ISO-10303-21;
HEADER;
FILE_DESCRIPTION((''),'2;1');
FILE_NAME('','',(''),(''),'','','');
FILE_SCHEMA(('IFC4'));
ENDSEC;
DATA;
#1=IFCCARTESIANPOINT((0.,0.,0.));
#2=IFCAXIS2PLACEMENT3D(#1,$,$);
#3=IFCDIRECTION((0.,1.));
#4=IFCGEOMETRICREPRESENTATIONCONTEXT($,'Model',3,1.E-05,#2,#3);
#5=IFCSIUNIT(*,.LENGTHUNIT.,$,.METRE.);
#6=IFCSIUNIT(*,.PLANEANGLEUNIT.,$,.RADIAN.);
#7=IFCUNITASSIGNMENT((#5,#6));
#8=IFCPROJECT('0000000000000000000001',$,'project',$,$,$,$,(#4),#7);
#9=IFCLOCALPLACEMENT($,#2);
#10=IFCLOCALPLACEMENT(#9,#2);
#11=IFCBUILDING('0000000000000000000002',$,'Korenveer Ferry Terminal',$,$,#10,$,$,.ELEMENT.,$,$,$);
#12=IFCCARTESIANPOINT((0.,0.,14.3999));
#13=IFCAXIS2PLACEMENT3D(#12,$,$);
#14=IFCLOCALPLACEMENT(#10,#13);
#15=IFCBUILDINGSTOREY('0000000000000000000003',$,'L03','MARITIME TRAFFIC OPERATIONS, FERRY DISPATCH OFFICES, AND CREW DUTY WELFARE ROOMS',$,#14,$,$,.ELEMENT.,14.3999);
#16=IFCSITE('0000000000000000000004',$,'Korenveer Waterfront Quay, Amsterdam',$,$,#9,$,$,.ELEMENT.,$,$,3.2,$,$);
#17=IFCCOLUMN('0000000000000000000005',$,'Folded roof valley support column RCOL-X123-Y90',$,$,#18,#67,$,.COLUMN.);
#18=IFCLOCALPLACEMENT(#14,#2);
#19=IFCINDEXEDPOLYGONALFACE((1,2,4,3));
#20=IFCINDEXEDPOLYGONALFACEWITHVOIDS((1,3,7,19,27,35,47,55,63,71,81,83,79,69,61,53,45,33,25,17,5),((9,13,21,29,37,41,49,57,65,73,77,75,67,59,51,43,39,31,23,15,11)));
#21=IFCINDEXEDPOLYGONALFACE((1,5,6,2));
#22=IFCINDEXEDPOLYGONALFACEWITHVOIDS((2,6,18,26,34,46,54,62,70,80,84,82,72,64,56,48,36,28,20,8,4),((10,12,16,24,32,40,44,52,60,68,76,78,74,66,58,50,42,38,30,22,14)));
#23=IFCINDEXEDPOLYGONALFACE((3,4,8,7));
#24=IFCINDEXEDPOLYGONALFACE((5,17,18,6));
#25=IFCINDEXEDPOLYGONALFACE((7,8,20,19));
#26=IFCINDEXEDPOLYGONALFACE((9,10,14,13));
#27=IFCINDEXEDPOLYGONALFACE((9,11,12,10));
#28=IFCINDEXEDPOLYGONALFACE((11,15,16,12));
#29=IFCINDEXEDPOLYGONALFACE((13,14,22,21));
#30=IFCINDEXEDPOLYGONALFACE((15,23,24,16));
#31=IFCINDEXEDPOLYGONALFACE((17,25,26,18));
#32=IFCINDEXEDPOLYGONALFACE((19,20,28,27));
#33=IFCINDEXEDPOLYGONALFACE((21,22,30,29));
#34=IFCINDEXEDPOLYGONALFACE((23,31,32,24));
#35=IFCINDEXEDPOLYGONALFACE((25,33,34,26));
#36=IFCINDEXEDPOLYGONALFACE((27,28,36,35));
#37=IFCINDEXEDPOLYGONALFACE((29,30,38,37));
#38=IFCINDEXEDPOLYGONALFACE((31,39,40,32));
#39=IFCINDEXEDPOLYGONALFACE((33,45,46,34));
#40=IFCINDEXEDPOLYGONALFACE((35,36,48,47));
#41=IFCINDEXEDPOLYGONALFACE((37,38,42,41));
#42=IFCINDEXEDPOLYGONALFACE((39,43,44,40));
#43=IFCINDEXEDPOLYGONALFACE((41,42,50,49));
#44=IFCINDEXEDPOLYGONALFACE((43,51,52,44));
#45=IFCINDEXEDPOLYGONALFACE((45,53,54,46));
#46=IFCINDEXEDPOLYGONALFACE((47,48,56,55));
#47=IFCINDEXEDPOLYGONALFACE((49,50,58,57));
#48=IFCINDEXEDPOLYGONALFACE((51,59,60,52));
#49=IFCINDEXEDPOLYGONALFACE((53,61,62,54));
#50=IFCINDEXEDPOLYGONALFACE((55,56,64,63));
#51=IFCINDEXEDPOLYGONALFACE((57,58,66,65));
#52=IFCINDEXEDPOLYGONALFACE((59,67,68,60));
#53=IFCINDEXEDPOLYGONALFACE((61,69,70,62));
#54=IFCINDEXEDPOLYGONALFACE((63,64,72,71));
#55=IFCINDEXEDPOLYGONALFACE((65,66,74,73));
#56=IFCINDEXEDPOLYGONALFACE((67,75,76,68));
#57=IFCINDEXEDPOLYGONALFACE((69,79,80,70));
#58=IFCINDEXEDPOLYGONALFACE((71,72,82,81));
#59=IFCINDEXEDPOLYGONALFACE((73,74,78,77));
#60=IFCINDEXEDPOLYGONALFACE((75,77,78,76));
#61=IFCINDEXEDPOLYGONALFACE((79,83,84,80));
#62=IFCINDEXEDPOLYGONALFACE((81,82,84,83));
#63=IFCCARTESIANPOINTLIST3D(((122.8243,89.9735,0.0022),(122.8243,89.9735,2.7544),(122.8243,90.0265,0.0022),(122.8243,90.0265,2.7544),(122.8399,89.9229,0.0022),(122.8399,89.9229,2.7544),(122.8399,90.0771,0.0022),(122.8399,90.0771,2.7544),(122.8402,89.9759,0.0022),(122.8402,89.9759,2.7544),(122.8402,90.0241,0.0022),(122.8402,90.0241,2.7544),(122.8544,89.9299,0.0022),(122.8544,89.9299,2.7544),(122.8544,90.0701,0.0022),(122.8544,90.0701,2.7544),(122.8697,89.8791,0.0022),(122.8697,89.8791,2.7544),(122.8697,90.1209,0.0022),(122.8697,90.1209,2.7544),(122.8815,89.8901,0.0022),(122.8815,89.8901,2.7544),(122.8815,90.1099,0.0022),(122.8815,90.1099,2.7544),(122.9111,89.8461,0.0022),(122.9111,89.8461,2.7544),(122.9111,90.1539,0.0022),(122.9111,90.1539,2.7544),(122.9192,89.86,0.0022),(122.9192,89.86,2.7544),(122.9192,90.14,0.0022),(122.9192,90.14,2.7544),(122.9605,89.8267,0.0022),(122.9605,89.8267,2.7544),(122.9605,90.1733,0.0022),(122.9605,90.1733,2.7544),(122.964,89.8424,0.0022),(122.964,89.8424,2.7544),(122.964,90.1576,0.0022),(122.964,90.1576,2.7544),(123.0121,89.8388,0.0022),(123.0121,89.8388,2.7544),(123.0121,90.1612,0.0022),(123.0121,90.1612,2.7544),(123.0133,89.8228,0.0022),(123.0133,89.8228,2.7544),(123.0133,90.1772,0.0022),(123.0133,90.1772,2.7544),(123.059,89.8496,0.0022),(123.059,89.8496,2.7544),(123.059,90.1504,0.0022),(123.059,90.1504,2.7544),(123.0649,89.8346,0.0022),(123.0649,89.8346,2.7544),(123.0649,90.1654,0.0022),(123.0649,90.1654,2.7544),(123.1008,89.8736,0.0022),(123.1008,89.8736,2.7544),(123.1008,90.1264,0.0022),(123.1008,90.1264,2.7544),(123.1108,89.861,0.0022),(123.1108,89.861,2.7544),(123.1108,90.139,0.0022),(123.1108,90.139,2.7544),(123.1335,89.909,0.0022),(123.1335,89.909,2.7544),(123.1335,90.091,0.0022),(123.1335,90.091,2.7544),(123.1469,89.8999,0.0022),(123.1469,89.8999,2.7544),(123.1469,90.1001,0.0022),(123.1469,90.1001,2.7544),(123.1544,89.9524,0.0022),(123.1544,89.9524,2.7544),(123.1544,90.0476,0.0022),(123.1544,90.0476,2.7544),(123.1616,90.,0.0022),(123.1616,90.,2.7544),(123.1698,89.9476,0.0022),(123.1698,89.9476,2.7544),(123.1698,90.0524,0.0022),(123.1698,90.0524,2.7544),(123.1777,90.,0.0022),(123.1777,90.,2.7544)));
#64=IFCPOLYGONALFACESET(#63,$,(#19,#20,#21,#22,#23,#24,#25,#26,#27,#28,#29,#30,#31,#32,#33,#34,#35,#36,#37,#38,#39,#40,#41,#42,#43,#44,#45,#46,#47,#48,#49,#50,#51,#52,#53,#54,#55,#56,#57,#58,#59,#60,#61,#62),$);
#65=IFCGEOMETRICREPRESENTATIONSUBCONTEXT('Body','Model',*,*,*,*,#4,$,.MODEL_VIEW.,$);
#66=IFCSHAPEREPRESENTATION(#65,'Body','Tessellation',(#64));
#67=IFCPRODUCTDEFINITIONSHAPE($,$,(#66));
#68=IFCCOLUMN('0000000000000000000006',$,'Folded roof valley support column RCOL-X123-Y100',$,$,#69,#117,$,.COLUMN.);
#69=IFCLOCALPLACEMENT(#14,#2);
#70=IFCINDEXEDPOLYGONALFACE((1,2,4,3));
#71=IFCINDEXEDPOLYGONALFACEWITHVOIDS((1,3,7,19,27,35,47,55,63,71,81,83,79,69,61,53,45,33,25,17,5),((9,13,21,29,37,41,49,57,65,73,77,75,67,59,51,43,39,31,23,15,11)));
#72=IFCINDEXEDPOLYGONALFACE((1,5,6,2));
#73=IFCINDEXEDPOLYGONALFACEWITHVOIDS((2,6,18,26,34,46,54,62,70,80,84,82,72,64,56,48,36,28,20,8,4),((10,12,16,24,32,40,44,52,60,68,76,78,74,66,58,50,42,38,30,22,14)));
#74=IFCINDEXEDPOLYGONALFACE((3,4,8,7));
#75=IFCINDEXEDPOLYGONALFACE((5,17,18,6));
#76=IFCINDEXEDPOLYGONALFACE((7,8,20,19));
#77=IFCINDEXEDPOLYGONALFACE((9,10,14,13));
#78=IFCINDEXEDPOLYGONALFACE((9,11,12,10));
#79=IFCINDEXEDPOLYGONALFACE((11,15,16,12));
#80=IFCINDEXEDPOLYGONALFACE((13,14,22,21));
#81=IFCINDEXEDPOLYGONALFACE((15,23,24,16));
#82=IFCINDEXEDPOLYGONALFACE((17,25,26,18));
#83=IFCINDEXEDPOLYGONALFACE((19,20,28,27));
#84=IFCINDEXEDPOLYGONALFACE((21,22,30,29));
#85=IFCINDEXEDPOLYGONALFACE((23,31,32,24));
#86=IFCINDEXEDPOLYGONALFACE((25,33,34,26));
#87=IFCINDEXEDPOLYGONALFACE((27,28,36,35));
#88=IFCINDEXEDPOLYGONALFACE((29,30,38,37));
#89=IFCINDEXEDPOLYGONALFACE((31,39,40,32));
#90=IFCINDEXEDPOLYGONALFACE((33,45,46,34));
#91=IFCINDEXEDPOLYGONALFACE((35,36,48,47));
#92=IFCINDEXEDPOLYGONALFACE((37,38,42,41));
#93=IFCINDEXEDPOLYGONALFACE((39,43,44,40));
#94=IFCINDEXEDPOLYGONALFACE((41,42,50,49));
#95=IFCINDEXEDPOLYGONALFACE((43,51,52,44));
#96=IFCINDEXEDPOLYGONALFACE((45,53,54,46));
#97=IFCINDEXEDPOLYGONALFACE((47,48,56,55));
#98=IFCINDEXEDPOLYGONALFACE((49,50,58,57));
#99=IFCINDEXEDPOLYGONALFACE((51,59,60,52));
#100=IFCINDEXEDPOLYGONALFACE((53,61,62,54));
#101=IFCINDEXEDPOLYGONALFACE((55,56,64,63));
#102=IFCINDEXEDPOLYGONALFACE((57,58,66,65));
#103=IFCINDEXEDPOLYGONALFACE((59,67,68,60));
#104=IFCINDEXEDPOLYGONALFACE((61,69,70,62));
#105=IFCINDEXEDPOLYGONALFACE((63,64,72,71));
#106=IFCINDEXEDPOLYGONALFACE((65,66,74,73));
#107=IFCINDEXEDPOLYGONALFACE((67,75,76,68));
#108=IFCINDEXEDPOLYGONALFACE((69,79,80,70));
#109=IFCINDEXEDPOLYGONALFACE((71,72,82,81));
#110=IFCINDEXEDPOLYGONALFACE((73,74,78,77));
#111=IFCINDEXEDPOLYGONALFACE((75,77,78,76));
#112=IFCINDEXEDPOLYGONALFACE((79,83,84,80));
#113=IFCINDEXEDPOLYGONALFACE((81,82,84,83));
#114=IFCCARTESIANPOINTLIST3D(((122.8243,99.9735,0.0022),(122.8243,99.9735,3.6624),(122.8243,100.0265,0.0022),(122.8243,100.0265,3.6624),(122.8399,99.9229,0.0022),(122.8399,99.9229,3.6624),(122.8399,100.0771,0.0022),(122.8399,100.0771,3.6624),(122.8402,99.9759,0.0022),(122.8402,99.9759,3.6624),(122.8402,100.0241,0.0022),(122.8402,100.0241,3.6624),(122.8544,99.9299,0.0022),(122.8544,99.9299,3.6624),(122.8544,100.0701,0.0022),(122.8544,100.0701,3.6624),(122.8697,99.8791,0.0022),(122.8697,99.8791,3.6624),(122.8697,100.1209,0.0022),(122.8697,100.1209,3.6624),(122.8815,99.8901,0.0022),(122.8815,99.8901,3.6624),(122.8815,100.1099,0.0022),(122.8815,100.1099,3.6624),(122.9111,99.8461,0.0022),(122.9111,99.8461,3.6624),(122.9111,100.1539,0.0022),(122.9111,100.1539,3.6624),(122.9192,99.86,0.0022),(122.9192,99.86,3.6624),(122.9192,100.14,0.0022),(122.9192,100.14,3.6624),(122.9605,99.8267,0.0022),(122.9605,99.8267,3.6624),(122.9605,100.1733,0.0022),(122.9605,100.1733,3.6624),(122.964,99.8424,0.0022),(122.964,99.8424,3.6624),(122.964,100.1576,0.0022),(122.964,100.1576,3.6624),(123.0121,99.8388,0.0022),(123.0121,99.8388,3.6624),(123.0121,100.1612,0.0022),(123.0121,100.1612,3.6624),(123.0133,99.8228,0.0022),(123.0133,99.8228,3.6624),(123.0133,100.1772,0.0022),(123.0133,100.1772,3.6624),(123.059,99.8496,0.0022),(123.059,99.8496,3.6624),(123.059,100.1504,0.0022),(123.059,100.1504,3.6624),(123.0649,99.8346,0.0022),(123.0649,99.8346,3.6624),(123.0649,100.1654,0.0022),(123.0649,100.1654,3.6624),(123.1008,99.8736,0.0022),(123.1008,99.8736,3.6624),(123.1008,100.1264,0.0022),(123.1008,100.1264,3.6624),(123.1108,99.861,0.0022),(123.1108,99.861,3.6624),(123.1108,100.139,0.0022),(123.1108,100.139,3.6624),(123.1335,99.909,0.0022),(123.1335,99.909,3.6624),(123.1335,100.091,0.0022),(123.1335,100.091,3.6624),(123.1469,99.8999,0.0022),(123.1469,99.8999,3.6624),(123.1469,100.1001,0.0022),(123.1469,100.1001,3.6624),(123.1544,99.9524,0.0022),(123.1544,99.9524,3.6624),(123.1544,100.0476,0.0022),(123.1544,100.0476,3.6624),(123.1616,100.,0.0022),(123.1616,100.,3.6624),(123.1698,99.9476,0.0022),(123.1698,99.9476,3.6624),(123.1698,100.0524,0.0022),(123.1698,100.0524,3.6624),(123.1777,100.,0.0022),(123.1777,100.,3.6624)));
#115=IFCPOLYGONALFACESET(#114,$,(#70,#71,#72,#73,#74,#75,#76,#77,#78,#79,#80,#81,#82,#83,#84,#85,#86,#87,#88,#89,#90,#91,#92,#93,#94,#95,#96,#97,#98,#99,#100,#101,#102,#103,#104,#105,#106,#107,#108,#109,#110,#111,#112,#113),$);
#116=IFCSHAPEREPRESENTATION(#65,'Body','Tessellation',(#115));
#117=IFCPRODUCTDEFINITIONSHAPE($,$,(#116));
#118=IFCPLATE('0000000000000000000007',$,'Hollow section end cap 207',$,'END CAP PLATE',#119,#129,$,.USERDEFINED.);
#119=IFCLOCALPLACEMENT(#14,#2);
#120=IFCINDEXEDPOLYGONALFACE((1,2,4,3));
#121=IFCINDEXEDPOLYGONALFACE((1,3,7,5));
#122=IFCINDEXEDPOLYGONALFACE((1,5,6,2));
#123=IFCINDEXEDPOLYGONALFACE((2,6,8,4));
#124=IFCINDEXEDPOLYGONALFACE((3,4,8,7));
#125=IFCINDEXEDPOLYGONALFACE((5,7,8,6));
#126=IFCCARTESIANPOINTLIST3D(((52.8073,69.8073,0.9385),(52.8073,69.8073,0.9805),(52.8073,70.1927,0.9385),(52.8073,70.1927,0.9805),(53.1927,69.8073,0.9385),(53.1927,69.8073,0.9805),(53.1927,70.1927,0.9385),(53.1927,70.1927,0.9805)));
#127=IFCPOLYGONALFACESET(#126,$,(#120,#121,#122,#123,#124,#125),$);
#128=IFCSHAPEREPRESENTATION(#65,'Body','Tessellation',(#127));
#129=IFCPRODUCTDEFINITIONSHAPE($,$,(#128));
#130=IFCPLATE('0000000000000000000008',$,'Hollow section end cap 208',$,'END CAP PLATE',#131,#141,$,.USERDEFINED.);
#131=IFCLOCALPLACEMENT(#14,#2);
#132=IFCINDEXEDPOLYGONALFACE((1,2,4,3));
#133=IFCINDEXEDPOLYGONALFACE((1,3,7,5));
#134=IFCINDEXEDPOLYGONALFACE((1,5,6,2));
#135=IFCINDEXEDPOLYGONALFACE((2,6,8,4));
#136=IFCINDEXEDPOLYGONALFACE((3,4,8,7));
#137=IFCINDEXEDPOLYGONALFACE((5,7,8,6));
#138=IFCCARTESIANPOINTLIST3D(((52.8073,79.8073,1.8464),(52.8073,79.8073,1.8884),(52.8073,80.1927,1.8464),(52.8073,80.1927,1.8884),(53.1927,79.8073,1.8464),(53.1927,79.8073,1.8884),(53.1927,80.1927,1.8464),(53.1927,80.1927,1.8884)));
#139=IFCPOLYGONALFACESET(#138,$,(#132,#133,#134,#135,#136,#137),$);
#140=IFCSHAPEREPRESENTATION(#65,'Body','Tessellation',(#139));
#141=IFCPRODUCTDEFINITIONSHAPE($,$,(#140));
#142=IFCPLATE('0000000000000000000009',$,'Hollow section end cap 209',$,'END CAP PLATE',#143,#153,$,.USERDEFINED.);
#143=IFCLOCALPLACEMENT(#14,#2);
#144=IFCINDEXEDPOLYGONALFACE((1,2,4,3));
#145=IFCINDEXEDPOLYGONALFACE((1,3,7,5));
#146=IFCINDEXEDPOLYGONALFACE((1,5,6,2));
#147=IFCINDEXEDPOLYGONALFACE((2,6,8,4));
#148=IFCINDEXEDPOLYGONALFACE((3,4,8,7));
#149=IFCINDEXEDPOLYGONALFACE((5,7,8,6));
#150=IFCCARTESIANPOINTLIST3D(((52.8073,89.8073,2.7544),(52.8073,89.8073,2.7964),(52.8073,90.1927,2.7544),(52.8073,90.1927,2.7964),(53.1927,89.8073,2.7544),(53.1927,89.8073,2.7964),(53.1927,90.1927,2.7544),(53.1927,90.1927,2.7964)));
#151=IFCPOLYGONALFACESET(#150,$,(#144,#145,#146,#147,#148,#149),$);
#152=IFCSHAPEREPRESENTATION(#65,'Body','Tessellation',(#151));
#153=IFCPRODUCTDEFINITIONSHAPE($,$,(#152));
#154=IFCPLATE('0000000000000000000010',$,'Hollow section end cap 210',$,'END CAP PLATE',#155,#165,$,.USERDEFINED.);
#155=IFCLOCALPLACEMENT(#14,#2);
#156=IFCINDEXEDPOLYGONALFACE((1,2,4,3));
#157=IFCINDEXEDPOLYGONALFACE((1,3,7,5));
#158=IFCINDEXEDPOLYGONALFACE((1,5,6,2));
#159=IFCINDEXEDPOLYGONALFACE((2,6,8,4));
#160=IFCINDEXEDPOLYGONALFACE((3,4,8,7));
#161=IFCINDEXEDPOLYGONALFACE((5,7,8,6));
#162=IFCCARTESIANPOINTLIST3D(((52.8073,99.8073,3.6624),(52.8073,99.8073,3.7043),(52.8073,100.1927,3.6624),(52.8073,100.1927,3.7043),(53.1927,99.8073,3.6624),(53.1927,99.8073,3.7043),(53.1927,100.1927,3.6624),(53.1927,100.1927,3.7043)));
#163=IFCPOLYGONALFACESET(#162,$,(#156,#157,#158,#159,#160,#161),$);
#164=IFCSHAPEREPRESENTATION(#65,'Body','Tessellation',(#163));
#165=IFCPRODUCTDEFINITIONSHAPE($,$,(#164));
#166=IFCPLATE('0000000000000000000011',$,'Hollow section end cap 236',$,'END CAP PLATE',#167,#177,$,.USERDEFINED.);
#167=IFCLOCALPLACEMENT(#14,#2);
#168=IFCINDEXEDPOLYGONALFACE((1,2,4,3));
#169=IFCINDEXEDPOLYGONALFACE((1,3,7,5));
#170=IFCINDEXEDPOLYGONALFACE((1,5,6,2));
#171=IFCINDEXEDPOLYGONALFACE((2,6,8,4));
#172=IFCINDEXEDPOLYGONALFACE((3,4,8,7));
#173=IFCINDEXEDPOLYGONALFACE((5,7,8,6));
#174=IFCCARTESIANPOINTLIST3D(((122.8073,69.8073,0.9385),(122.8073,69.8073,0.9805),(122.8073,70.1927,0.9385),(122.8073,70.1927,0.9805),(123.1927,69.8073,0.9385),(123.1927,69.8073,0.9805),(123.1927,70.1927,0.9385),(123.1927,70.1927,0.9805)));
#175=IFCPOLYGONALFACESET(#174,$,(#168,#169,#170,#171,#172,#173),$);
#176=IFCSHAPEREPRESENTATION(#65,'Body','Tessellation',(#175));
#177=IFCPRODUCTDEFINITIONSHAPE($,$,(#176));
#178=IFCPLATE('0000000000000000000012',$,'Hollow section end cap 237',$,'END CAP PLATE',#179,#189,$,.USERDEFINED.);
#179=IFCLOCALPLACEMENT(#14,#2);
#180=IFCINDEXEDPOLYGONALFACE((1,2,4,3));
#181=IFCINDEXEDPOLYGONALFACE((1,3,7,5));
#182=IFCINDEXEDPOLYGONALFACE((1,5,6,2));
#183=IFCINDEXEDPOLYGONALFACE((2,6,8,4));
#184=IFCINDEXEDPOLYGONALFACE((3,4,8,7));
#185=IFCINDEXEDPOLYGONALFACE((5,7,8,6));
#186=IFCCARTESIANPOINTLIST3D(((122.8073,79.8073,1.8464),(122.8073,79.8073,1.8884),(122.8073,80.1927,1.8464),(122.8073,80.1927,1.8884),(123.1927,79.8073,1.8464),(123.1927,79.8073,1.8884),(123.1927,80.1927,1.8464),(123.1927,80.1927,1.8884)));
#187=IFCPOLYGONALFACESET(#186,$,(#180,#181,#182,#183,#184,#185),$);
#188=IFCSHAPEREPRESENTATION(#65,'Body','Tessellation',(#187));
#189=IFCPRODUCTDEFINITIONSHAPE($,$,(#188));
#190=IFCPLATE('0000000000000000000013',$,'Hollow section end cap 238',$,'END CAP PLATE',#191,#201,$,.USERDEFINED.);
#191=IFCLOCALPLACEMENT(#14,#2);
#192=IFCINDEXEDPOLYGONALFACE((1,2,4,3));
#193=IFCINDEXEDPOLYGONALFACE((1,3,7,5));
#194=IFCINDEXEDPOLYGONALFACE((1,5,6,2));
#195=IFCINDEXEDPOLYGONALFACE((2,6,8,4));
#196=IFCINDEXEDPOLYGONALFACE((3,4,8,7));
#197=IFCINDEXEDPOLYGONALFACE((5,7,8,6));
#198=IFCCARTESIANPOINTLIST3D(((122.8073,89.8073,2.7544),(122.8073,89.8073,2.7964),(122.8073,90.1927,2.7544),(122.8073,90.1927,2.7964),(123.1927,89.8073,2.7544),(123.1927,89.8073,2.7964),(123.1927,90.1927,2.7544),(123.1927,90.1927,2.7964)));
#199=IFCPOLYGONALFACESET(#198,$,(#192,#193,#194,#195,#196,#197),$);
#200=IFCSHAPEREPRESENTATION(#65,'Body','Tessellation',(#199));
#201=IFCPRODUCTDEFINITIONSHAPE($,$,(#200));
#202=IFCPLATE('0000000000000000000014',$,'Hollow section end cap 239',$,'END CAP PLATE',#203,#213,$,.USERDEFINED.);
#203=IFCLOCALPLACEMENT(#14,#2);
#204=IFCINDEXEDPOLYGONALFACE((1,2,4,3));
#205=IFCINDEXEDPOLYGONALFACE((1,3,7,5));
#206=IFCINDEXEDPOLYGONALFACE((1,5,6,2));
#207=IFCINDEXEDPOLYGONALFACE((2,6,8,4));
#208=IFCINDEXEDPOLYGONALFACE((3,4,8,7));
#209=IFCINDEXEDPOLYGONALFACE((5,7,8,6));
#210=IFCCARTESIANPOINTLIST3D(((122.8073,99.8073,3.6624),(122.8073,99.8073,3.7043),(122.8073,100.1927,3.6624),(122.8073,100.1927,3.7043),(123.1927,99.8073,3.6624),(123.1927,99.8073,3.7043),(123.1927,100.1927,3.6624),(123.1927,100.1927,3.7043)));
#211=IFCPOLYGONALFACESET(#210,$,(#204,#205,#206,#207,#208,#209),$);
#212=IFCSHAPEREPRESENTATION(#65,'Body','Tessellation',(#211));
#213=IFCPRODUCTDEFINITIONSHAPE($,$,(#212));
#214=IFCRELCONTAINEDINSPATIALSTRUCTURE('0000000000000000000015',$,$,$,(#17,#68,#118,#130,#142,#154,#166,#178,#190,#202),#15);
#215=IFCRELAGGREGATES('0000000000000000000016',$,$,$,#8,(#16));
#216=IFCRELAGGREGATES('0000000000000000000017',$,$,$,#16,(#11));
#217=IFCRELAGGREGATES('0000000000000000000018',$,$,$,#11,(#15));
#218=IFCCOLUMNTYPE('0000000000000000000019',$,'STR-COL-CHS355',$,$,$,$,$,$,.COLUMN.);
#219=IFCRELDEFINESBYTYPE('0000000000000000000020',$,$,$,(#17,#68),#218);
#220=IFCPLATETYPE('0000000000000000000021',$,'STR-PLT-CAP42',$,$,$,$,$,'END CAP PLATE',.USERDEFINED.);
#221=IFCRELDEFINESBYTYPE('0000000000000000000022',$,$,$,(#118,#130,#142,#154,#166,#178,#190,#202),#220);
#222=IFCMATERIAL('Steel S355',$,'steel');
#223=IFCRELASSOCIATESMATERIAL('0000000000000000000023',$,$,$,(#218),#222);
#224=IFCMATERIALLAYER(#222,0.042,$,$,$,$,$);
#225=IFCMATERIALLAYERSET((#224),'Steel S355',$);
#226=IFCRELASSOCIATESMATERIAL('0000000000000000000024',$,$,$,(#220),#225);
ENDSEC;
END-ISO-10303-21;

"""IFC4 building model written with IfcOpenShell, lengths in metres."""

from ifc_helpers import new_model, si_unit, direction, frame, origin, origin_2d, place, context, subcontext, project, spatial, rectangle, hollow_circle, extrude, material, layer, layer_set, material_profile, profile_set, type_object, element, save


model = new_model("IFC4")

# Units and contexts
model_context = context("Model", 3, precision=1e-05, world=origin(), true_north=direction((0.0, 1.0)))
body_context = subcontext(model_context, "Body", "Model", "MODEL_VIEW")
ifc_project = project(units=[si_unit("LENGTHUNIT", "METRE"), si_unit("PLANEANGLEUNIT", "RADIAN")], contexts=[model_context])

# Site, building, storey
site_placement = place(None, origin())
site = spatial("IfcSite", under=ifc_project, at=site_placement, Name="Korenveer Waterfront Quay, Amsterdam", CompositionType="ELEMENT", RefElevation=3.2)
building_placement = place(site_placement, origin())
building = spatial("IfcBuilding", under=site, at=building_placement, Name="Korenveer Ferry Terminal", CompositionType="ELEMENT")
storey_placement = place(building_placement, frame((0.0, 0.0, 14.3999)))
storey = spatial("IfcBuildingStorey", under=building, at=storey_placement, Name="L03", Description="MARITIME TRAFFIC OPERATIONS, FERRY DISPATCH OFFICES, AND CREW DUTY WELFARE ROOMS", CompositionType="ELEMENT", Elevation=14.3999)

# Columns
ifc_material_1 = material(Name="Steel S355", Category="steel")
ifc_material_profile = material_profile(ifc_material_1, hollow_circle(Radius=0.1777, WallThickness=0.0161, at=origin_2d()), Name="CHS 355.6x16")
ifc_profile_set = profile_set([ifc_material_profile], Name="Steel S355")
column_type = type_object("IfcColumnType", Name="STR-COL-CHS355", PredefinedType="COLUMN", material=ifc_profile_set)
column_1_placement = place(storey_placement, frame((123.0, 90.0, 0.0022), z_axis=(0.0, 0.0, 1.0), x_axis=(1.0, 0.0, 0.0)))
element("IfcColumn", 1, at=column_1_placement, inside=storey, type_object=column_type, Name="Folded roof valley support column RCOL-X123-Y90", PredefinedType="COLUMN", context=body_context, shape_type="SweptSolid", body=[
    extrude(hollow_circle(Radius=0.1777, WallThickness=0.0161, at=origin_2d()), origin(), (0.0, 0.0, 1.0), 2.7522),
])
column_2_placement = place(storey_placement, frame((123.0, 100.0, 0.0022), z_axis=(0.0, 0.0, 1.0), x_axis=(1.0, 0.0, 0.0)))
element("IfcColumn", 2, at=column_2_placement, inside=storey, type_object=column_type, Name="Folded roof valley support column RCOL-X123-Y100", PredefinedType="COLUMN", context=body_context, shape_type="SweptSolid", body=[
    extrude(hollow_circle(Radius=0.1777, WallThickness=0.0161, at=origin_2d()), origin(), (0.0, 0.0, 1.0), 3.6602),
])

# Plates
ifc_layer_1 = layer(ifc_material_1, 0.042)
ifc_layer_set_1 = layer_set([ifc_layer_1], Name="Steel S355")
plate_type = type_object("IfcPlateType", Name="STR-PLT-CAP42", ElementType="END CAP PLATE", PredefinedType="USERDEFINED", material=ifc_layer_set_1)
for number, where, z_axis, x_axis, name in (
    (3, (53.0, 70.0, 0.9385), (0.0, 0.0, 1.0), (1.0, 0.0, 0.0), "Hollow section end cap 207"),
    (4, (53.0, 80.0, 1.8464), (0.0, 0.0, 1.0), (1.0, 0.0, 0.0), "Hollow section end cap 208"),
    (5, (53.0, 90.0, 2.7544), (0.0, 0.0, 1.0), (1.0, 0.0, 0.0), "Hollow section end cap 209"),
    (6, (53.0, 100.0, 3.6624), (0.0, 0.0, 1.0), (1.0, 0.0, 0.0), "Hollow section end cap 210"),
    (7, (123.0, 70.0, 0.9385), (0.0, 0.0, 1.0), (1.0, 0.0, 0.0), "Hollow section end cap 236"),
    (8, (123.0, 80.0, 1.8464), (0.0, 0.0, 1.0), (1.0, 0.0, 0.0), "Hollow section end cap 237"),
    (9, (123.0, 90.0, 2.7544), (0.0, 0.0, 1.0), (1.0, 0.0, 0.0), "Hollow section end cap 238"),
    (10, (123.0, 100.0, 3.6624), (0.0, 0.0, 1.0), (1.0, 0.0, 0.0), "Hollow section end cap 239"),
):
    element("IfcPlate", number, at=place(storey_placement, frame(where, z_axis=z_axis, x_axis=x_axis)), inside=storey, type_object=plate_type, Name=name, ObjectType="END CAP PLATE", PredefinedType="USERDEFINED", context=body_context, shape_type="SweptSolid", body=[
        extrude(rectangle(XDim=0.3855, YDim=0.3855, at=origin_2d()), origin(), (0.0, 0.0, 1.0), 0.042),
    ])

save(model, "model.ifc")
